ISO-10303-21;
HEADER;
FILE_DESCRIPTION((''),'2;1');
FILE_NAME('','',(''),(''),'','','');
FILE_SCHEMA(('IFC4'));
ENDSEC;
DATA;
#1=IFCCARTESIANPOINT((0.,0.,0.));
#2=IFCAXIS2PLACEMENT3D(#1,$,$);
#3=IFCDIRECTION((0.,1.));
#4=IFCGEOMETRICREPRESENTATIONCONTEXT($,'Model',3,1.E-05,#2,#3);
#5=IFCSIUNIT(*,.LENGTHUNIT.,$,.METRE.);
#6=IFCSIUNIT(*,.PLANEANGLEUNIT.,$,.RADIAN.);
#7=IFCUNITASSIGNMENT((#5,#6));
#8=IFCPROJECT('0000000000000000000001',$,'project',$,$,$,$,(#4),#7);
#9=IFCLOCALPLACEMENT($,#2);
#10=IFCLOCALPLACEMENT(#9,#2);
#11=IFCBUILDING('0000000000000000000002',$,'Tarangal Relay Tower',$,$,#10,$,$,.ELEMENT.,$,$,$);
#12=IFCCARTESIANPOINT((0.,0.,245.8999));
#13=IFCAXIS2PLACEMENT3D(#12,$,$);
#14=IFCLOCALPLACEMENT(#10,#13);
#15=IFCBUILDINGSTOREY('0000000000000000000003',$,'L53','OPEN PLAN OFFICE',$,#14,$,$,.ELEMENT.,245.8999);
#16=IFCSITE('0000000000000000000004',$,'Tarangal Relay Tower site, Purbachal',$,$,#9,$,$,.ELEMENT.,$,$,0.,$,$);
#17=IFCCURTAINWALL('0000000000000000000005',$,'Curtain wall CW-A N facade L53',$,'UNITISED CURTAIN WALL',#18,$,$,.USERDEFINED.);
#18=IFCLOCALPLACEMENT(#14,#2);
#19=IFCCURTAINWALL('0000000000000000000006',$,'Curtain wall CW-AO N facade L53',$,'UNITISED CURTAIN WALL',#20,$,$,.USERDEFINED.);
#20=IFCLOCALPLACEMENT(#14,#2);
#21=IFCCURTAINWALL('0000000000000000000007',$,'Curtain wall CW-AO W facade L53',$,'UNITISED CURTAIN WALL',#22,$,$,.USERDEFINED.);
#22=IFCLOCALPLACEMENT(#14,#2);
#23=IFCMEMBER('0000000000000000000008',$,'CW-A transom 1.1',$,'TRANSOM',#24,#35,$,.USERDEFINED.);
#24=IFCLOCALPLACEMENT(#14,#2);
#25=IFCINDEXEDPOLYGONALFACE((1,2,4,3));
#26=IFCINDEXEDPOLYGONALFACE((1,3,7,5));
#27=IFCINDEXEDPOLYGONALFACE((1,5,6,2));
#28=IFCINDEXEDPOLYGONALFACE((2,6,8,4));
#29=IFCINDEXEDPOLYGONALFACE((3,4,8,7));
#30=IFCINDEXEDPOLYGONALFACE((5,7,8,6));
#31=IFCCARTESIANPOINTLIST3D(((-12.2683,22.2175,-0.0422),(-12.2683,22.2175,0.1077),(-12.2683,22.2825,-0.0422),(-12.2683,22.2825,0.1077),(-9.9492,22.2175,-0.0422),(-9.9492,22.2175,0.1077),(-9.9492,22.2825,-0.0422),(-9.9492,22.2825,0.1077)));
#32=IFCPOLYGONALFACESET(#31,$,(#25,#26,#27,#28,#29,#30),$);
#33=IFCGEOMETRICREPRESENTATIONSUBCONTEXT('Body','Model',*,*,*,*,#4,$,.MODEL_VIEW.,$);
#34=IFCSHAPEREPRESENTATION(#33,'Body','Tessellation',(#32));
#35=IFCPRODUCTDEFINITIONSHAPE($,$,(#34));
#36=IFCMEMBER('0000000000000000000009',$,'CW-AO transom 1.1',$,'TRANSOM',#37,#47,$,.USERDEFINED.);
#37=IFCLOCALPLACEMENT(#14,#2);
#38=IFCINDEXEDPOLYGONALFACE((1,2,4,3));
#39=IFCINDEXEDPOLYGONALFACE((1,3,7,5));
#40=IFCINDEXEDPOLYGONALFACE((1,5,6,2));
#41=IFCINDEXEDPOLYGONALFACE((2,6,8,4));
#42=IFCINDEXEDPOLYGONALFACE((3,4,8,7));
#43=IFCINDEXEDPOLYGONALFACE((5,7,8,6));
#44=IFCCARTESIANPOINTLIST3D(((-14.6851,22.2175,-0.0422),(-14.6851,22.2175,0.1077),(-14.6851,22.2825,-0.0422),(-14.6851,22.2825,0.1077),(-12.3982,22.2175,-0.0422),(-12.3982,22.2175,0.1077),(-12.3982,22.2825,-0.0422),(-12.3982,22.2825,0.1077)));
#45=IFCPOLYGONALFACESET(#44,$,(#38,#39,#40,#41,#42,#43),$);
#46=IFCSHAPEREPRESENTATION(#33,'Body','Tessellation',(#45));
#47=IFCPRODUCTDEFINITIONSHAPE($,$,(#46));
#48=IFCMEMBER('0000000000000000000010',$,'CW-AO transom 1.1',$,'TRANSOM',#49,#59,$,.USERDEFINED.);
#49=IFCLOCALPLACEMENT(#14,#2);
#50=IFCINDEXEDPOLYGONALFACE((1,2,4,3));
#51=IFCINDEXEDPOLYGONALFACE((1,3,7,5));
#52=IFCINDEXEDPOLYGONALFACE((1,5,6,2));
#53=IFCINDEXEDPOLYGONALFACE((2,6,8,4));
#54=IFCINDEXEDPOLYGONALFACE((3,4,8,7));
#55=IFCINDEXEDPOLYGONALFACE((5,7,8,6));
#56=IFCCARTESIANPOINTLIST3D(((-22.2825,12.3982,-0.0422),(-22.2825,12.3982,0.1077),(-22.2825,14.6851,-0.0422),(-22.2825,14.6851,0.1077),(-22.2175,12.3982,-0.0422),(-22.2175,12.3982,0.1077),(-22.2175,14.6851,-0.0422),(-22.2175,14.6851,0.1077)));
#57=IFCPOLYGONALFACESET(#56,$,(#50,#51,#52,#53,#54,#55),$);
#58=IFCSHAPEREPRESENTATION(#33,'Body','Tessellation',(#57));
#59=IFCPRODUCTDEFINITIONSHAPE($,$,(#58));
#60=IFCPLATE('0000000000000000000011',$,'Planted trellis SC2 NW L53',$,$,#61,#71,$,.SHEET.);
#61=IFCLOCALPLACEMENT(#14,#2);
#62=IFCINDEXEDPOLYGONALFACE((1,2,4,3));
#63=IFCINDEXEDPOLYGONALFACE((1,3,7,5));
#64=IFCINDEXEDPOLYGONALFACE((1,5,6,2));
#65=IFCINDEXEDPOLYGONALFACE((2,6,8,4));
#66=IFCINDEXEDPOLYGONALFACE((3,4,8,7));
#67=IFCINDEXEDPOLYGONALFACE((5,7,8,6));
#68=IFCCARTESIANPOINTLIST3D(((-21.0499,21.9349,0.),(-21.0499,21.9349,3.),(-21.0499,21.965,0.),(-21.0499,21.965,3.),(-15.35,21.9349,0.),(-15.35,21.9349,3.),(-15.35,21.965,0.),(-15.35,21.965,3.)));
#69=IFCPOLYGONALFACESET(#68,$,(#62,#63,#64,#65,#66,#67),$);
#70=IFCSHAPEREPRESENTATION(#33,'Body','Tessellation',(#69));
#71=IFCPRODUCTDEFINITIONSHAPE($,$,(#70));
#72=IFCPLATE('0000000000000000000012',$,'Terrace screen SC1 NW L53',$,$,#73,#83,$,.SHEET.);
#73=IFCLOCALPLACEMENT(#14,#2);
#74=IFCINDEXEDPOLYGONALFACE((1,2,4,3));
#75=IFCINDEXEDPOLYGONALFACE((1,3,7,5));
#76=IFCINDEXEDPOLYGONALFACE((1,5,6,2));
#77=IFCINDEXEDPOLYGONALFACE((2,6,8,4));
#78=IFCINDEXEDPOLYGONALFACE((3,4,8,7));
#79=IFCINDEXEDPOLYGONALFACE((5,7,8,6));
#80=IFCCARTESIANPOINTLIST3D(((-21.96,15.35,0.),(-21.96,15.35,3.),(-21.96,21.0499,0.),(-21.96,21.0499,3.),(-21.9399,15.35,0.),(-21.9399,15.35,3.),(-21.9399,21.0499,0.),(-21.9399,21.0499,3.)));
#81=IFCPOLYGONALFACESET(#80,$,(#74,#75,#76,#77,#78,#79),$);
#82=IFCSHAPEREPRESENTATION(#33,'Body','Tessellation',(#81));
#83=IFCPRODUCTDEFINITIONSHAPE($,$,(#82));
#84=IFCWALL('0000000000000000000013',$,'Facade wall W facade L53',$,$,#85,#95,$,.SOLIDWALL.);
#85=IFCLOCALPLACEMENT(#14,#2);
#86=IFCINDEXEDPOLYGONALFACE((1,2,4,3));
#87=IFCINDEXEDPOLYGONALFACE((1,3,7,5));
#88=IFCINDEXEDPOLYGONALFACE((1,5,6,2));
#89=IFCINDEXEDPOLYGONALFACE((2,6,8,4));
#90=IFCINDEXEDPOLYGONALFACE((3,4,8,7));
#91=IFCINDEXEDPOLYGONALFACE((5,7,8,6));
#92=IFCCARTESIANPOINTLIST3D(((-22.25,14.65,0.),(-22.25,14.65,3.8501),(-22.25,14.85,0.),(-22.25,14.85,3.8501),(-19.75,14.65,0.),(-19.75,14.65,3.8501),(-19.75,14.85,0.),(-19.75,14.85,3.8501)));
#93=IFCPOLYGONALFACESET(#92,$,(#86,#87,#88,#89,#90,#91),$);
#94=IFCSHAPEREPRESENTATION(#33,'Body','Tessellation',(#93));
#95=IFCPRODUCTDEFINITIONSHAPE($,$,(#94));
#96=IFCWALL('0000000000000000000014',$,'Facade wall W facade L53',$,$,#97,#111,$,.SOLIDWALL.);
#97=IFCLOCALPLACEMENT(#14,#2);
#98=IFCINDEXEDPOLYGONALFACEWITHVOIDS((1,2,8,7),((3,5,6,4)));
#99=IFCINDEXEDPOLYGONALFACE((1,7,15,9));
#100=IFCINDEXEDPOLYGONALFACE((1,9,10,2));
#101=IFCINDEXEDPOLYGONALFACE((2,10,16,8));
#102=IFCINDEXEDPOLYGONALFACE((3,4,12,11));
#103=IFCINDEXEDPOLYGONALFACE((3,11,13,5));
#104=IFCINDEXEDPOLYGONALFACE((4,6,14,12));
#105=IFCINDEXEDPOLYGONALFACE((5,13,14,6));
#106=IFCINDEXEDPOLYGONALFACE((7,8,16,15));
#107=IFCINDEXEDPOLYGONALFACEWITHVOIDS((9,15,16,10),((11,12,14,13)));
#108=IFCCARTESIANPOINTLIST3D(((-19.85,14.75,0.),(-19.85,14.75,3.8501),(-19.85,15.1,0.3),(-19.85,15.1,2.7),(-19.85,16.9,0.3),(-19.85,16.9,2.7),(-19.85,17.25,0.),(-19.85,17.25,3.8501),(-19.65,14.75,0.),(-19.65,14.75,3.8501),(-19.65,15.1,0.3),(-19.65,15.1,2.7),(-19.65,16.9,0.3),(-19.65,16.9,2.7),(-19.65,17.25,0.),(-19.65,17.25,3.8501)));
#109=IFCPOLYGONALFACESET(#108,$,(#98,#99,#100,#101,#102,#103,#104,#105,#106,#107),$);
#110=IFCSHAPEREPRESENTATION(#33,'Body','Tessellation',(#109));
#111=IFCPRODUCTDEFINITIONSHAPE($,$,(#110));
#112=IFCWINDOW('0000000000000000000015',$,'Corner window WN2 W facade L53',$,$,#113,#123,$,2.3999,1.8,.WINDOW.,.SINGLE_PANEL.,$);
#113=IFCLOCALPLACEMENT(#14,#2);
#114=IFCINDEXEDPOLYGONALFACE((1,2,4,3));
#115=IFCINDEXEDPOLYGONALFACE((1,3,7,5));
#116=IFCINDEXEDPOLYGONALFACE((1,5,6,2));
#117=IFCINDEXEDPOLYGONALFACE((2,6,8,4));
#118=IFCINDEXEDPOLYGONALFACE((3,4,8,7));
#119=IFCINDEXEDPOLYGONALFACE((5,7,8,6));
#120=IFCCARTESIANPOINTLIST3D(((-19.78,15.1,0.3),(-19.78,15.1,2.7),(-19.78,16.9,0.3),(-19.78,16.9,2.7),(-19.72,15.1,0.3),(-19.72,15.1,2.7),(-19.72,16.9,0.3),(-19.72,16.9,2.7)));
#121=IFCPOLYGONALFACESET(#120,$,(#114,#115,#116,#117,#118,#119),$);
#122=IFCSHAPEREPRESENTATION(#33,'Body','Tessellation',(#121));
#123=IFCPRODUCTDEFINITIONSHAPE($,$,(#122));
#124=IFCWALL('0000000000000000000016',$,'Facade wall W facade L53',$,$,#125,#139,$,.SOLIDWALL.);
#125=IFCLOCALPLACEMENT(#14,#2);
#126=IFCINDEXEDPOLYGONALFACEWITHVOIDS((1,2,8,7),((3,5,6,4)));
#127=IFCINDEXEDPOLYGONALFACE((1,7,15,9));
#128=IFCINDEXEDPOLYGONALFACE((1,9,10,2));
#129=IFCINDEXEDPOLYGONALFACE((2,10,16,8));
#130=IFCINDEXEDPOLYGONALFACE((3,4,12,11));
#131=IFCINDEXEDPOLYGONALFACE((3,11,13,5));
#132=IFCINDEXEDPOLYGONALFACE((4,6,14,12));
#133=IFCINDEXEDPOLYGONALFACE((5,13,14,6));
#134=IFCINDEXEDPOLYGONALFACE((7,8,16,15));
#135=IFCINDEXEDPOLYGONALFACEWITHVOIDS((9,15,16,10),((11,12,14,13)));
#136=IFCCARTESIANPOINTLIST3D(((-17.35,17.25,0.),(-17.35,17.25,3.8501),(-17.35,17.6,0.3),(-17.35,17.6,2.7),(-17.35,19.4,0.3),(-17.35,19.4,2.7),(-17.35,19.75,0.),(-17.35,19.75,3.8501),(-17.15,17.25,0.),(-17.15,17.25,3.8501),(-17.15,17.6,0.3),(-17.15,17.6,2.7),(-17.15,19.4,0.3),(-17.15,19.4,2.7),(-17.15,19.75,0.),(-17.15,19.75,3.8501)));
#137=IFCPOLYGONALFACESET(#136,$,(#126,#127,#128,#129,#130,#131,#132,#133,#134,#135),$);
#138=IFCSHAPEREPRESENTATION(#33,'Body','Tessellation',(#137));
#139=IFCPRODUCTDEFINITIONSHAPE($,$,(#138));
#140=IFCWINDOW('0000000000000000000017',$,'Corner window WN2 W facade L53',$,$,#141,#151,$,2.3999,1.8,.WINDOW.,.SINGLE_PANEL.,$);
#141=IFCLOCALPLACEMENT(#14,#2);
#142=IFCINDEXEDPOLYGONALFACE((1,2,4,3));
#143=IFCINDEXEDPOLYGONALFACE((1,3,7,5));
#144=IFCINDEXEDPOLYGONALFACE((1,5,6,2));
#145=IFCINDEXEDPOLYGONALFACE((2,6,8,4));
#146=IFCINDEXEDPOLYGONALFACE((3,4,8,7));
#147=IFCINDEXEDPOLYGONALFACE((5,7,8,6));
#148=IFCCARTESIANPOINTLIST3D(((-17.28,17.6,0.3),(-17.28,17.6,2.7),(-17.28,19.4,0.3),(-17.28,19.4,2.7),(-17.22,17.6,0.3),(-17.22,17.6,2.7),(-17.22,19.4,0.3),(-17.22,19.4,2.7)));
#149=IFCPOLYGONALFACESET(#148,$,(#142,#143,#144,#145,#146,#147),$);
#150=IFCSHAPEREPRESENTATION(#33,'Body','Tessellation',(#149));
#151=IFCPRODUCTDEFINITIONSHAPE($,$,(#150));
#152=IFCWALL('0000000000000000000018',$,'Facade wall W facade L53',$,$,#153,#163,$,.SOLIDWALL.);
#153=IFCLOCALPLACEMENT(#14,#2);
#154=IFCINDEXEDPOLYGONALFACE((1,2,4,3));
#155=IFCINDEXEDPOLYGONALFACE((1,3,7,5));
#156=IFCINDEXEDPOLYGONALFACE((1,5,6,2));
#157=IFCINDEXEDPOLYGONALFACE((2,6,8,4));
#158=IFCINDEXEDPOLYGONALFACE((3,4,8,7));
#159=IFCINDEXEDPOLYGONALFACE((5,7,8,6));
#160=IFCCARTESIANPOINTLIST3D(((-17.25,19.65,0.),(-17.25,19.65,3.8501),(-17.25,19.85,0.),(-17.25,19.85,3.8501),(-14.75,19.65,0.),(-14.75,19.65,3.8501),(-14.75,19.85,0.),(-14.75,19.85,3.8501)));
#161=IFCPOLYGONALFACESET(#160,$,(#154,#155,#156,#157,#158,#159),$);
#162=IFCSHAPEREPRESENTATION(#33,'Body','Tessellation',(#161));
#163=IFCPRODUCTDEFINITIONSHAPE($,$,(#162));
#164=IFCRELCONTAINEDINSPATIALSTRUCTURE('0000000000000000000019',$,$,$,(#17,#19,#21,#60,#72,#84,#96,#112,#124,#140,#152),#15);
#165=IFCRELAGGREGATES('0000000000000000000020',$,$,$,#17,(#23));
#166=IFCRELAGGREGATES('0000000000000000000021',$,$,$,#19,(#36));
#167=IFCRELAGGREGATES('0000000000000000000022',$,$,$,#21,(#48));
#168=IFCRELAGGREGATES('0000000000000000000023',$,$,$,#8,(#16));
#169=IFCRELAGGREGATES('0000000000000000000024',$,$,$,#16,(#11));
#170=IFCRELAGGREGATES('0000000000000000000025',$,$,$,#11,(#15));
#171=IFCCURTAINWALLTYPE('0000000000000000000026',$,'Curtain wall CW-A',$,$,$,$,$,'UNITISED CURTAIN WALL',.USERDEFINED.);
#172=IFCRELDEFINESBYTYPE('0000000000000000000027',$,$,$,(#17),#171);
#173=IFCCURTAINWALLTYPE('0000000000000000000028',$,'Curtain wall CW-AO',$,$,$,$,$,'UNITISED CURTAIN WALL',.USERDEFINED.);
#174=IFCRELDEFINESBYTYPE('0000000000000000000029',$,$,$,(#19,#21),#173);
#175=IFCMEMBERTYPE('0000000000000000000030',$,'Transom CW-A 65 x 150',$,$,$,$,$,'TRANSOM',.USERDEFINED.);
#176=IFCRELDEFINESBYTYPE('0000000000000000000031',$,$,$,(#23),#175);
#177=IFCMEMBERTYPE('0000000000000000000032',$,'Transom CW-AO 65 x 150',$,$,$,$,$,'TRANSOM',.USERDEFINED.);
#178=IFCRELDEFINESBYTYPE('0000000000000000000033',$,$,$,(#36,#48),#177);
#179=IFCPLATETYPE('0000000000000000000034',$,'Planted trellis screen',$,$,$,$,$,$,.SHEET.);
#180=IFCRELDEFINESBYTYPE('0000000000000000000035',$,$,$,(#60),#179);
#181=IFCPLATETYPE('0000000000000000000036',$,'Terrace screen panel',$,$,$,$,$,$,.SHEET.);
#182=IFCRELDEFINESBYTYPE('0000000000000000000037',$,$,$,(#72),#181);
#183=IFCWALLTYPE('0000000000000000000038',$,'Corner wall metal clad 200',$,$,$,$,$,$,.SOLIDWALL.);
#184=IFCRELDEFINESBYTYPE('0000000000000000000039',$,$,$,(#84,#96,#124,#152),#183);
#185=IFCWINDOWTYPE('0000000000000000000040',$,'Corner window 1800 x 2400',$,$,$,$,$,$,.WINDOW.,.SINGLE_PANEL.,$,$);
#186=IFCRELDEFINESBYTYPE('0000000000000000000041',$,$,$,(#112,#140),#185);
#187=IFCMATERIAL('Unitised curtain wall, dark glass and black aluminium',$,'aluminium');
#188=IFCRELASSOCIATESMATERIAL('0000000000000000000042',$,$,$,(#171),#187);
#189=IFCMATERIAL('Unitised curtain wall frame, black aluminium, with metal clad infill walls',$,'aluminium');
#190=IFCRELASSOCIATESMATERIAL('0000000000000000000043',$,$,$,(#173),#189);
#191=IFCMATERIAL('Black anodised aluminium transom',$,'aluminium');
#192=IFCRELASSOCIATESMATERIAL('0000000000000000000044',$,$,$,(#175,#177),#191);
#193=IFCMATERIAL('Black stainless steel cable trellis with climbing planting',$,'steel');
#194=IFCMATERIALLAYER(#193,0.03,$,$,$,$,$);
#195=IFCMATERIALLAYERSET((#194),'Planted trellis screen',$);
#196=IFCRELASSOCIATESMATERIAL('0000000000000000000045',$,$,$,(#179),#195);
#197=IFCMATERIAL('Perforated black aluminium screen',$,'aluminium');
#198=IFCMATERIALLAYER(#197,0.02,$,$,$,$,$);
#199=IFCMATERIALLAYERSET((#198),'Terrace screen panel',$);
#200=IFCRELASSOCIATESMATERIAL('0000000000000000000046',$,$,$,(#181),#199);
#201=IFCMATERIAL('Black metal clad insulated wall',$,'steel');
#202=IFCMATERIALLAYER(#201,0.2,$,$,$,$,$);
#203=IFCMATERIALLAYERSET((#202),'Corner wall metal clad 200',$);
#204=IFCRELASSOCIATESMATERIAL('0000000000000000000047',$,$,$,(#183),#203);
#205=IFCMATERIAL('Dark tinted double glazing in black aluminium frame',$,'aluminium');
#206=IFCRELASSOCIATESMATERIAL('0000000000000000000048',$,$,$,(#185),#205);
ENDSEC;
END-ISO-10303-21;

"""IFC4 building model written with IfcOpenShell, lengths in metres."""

from ifc_helpers import new_model, si_unit, direction, frame, frame_2d, origin, origin_2d, place, context, subcontext, project, spatial, rectangle, extrude, material, layer, layer_set, material_profile, profile_set, type_object, element, fill, aggregate, save


model = new_model("IFC4")

# Units and contexts
model_context = context("Model", 3, precision=1e-05, world=origin(), true_north=direction((0.0, 1.0)))
body_context = subcontext(model_context, "Body", "Model", "MODEL_VIEW")
ifc_project = project(units=[si_unit("LENGTHUNIT", "METRE"), si_unit("PLANEANGLEUNIT", "RADIAN")], contexts=[model_context])

# Site, building, storey
site_placement = place(None, origin())
site = spatial("IfcSite", under=ifc_project, at=site_placement, Name="Tarangal Relay Tower site, Purbachal", CompositionType="ELEMENT", RefElevation=0.0)
building_placement = place(site_placement, origin())
building = spatial("IfcBuilding", under=site, at=building_placement, Name="Tarangal Relay Tower", CompositionType="ELEMENT")
storey_placement = place(building_placement, frame((0.0, 0.0, 245.8999)))
storey = spatial("IfcBuildingStorey", under=building, at=storey_placement, Name="L53", Description="OPEN PLAN OFFICE", CompositionType="ELEMENT", Elevation=245.8999)

# Curtain wall
ifc_material_1 = material(Name="Unitised curtain wall, dark glass and black aluminium", Category="aluminium")
curtain_wall_type_1 = type_object("IfcCurtainWallType", Name="Curtain wall CW-A", ElementType="UNITISED CURTAIN WALL", PredefinedType="USERDEFINED", material=ifc_material_1)
curtain_wall_1_placement = place(storey_placement, origin())
curtain_wall_1 = element("IfcCurtainWall", 1, at=curtain_wall_1_placement, inside=storey, type_object=curtain_wall_type_1, Name="Curtain wall CW-A N facade L53", ObjectType="UNITISED CURTAIN WALL", PredefinedType="USERDEFINED")

# Curtain walls
ifc_material_2 = material(Name="Unitised curtain wall frame, black aluminium, with metal clad infill walls", Category="aluminium")
curtain_wall_type_2 = type_object("IfcCurtainWallType", Name="Curtain wall CW-AO", ElementType="UNITISED CURTAIN WALL", PredefinedType="USERDEFINED", material=ifc_material_2)
curtain_wall_2_placement = place(storey_placement, origin())
curtain_wall_2 = element("IfcCurtainWall", 2, at=curtain_wall_2_placement, inside=storey, type_object=curtain_wall_type_2, Name="Curtain wall CW-AO N facade L53", ObjectType="UNITISED CURTAIN WALL", PredefinedType="USERDEFINED")
curtain_wall_3_placement = place(storey_placement, origin())
curtain_wall_3 = element("IfcCurtainWall", 3, at=curtain_wall_3_placement, inside=storey, type_object=curtain_wall_type_2, Name="Curtain wall CW-AO W facade L53", ObjectType="UNITISED CURTAIN WALL", PredefinedType="USERDEFINED")

# Members
ifc_material_3 = material(Name="Black anodised aluminium transom", Category="aluminium")
ifc_material_profile_1 = material_profile(ifc_material_3, rectangle(XDim=0.0649, YDim=0.1499, at=origin_2d()), Name="CW-AT 65X150")
ifc_profile_set_1 = profile_set([ifc_material_profile_1], Name="Black anodised aluminium transom")
member_type_1 = type_object("IfcMemberType", Name="Transom CW-A 65 x 150", ElementType="TRANSOM", PredefinedType="USERDEFINED", material=ifc_profile_set_1)
member_1_placement = place(storey_placement, frame((-12.2683, 22.25, 0.0327), z_axis=(1.0, 0.0, 0.0), x_axis=(0.0, 1.0, 0.0)))
member_1 = element("IfcMember", 4, at=member_1_placement, type_object=member_type_1, Name="CW-A transom 1.1", ObjectType="TRANSOM", PredefinedType="USERDEFINED", context=body_context, shape_type="SweptSolid", body=[
    extrude(rectangle(XDim=0.0649, YDim=0.1499, at=origin_2d()), origin(), (0.0, 0.0, 1.0), 2.3191),
])
aggregate(curtain_wall_1, [member_1])
ifc_material_profile_2 = material_profile(ifc_material_3, rectangle(XDim=0.0649, YDim=0.1499, at=origin_2d()), Name="CW-AOT 65X150")
ifc_profile_set_2 = profile_set([ifc_material_profile_2], Name="Black anodised aluminium transom")
member_type_2 = type_object("IfcMemberType", Name="Transom CW-AO 65 x 150", ElementType="TRANSOM", PredefinedType="USERDEFINED", material=ifc_profile_set_2)
member_2_placement = place(storey_placement, frame((-14.6851, 22.25, 0.0327), z_axis=(1.0, 0.0, 0.0), x_axis=(0.0, 1.0, 0.0)))
member_2 = element("IfcMember", 5, at=member_2_placement, type_object=member_type_2, Name="CW-AO transom 1.1", ObjectType="TRANSOM", PredefinedType="USERDEFINED", context=body_context, shape_type="SweptSolid", body=[
    extrude(rectangle(XDim=0.0649, YDim=0.1499, at=origin_2d()), origin(), (0.0, 0.0, 1.0), 2.2869),
])
aggregate(curtain_wall_2, [member_2])
member_3_placement = place(storey_placement, frame((-22.25, 12.3982, 0.0327), z_axis=(0.0, 1.0, 0.0), x_axis=(-1.0, 0.0, 0.0)))
member_3 = element("IfcMember", 6, at=member_3_placement, type_object=member_type_2, Name="CW-AO transom 1.1", ObjectType="TRANSOM", PredefinedType="USERDEFINED", context=body_context, shape_type="SweptSolid", body=[
    extrude(rectangle(XDim=0.0649, YDim=0.1499, at=origin_2d()), origin(), (0.0, 0.0, 1.0), 2.2869),
])
aggregate(curtain_wall_3, [member_3])

# Plates
ifc_material_4 = material(Name="Black stainless steel cable trellis with climbing planting", Category="steel")
ifc_layer_1 = layer(ifc_material_4, 0.03)
ifc_layer_set_1 = layer_set([ifc_layer_1], Name="Planted trellis screen")
plate_type_1 = type_object("IfcPlateType", Name="Planted trellis screen", PredefinedType="SHEET", material=ifc_layer_set_1)
plate_1_placement = place(storey_placement, frame((-18.2, 21.95, 0.0), z_axis=(0.0, 0.0, 1.0), x_axis=(1.0, 0.0, 0.0)))
element("IfcPlate", 7, at=plate_1_placement, inside=storey, type_object=plate_type_1, Name="Planted trellis SC2 NW L53", PredefinedType="SHEET", context=body_context, shape_type="SweptSolid", body=[
    extrude(rectangle(XDim=5.7, YDim=0.03, at=origin_2d()), origin(), (0.0, 0.0, 1.0), 3.0),
])
ifc_material_5 = material(Name="Perforated black aluminium screen", Category="aluminium")
ifc_layer_2 = layer(ifc_material_5, 0.02)
ifc_layer_set_2 = layer_set([ifc_layer_2], Name="Terrace screen panel")
plate_type_2 = type_object("IfcPlateType", Name="Terrace screen panel", PredefinedType="SHEET", material=ifc_layer_set_2)
plate_2_placement = place(storey_placement, frame((-21.95, 18.2, 0.0), z_axis=(0.0, 0.0, 1.0), x_axis=(0.0, 1.0, 0.0)))
element("IfcPlate", 8, at=plate_2_placement, inside=storey, type_object=plate_type_2, Name="Terrace screen SC1 NW L53", PredefinedType="SHEET", context=body_context, shape_type="SweptSolid", body=[
    extrude(rectangle(XDim=5.7, YDim=0.02, at=origin_2d()), origin(), (0.0, 0.0, 1.0), 3.0),
])

# Wall
ifc_material_6 = material(Name="Black metal clad insulated wall", Category="steel")
ifc_layer_3 = layer(ifc_material_6, 0.2)
ifc_layer_set_3 = layer_set([ifc_layer_3], Name="Corner wall metal clad 200")
wall_type_1 = type_object("IfcWallType", Name="Corner wall metal clad 200", PredefinedType="SOLIDWALL", material=ifc_layer_set_3)
wall_1_placement = place(storey_placement, frame((-22.25, 14.75, 0.0), z_axis=(0.0, 0.0, 1.0), x_axis=(1.0, 0.0, 0.0)))
element("IfcWall", 9, at=wall_1_placement, inside=storey, type_object=wall_type_1, Name="Facade wall W facade L53", PredefinedType="SOLIDWALL", context=body_context, shape_type="SweptSolid", body=[
    extrude(rectangle(XDim=2.5, YDim=0.2, at=frame_2d((1.25, 0.0))), origin(), (0.0, 0.0, 1.0), 3.8501),
])

# Wall, opening, window
wall_2_placement = place(storey_placement, frame((-19.75, 14.75, 0.0), z_axis=(0.0, 0.0, 1.0), x_axis=(0.0, 1.0, 0.0)))
wall_2 = element("IfcWall", 10, at=wall_2_placement, inside=storey, type_object=wall_type_1, Name="Facade wall W facade L53", PredefinedType="SOLIDWALL", context=body_context, shape_type="SweptSolid", body=[
    extrude(rectangle(XDim=2.5, YDim=0.2, at=frame_2d((1.25, 0.0))), origin(), (0.0, 0.0, 1.0), 3.8501),
])
opening_1_placement = place(wall_2_placement, frame((0.3501, 0.0, 0.3)))
opening_1 = element("IfcOpeningElement", 11, at=opening_1_placement, cuts=wall_2, PredefinedType="OPENING", context=body_context, shape_type="SweptSolid", body=[
    extrude(rectangle(XDim=1.8, YDim=2.3999, at=frame_2d((0.8999, 1.2))), frame((0.0, 0.1099, 0.0), z_axis=(0.0, -1.0, 0.0), x_axis=(1.0, 0.0, 0.0)), (0.0, 0.0, 1.0), 0.22),
])
ifc_material_7 = material(Name="Dark tinted double glazing in black aluminium frame", Category="aluminium")
window_type = type_object("IfcWindowType", Name="Corner window 1800 x 2400", PartitioningType="SINGLE_PANEL", PredefinedType="WINDOW", material=ifc_material_7)
window_1_placement = place(opening_1_placement, origin())
window_1 = element("IfcWindow", 12, at=window_1_placement, inside=storey, type_object=window_type, Name="Corner window WN2 W facade L53", OverallHeight=2.3999, OverallWidth=1.8, PartitioningType="SINGLE_PANEL", PredefinedType="WINDOW", context=body_context, shape_type="SweptSolid", body=[
    extrude(rectangle(XDim=1.8, YDim=2.3999, at=frame_2d((0.8999, 1.2))), frame((0.0, 0.03, 0.0), z_axis=(0.0, -1.0, 0.0), x_axis=(1.0, 0.0, 0.0)), (0.0, 0.0, 1.0), 0.0601),
])
fill(opening_1, window_1)

# Wall, opening, window
wall_3_placement = place(storey_placement, frame((-17.25, 17.25, 0.0), z_axis=(0.0, 0.0, 1.0), x_axis=(0.0, 1.0, 0.0)))
wall_3 = element("IfcWall", 13, at=wall_3_placement, inside=storey, type_object=wall_type_1, Name="Facade wall W facade L53", PredefinedType="SOLIDWALL", context=body_context, shape_type="SweptSolid", body=[
    extrude(rectangle(XDim=2.5, YDim=0.2, at=frame_2d((1.25, 0.0))), origin(), (0.0, 0.0, 1.0), 3.8501),
])
opening_2_placement = place(wall_3_placement, frame((0.3501, 0.0, 0.3)))
opening_2 = element("IfcOpeningElement", 14, at=opening_2_placement, cuts=wall_3, PredefinedType="OPENING", context=body_context, shape_type="SweptSolid", body=[
    extrude(rectangle(XDim=1.8, YDim=2.3999, at=frame_2d((0.8999, 1.2))), frame((0.0, 0.1099, 0.0), z_axis=(0.0, -1.0, 0.0), x_axis=(1.0, 0.0, 0.0)), (0.0, 0.0, 1.0), 0.22),
])
window_2_placement = place(opening_2_placement, origin())
window_2 = element("IfcWindow", 15, at=window_2_placement, inside=storey, type_object=window_type, Name="Corner window WN2 W facade L53", OverallHeight=2.3999, OverallWidth=1.8, PartitioningType="SINGLE_PANEL", PredefinedType="WINDOW", context=body_context, shape_type="SweptSolid", body=[
    extrude(rectangle(XDim=1.8, YDim=2.3999, at=frame_2d((0.8999, 1.2))), frame((0.0, 0.03, 0.0), z_axis=(0.0, -1.0, 0.0), x_axis=(1.0, 0.0, 0.0)), (0.0, 0.0, 1.0), 0.0601),
])
fill(opening_2, window_2)

# Wall
wall_4_placement = place(storey_placement, frame((-17.25, 19.75, 0.0), z_axis=(0.0, 0.0, 1.0), x_axis=(1.0, 0.0, 0.0)))
element("IfcWall", 16, at=wall_4_placement, inside=storey, type_object=wall_type_1, Name="Facade wall W facade L53", PredefinedType="SOLIDWALL", context=body_context, shape_type="SweptSolid", body=[
    extrude(rectangle(XDim=2.5, YDim=0.2, at=frame_2d((1.25, 0.0))), origin(), (0.0, 0.0, 1.0), 3.8501),
])

save(model, "model.ifc")
